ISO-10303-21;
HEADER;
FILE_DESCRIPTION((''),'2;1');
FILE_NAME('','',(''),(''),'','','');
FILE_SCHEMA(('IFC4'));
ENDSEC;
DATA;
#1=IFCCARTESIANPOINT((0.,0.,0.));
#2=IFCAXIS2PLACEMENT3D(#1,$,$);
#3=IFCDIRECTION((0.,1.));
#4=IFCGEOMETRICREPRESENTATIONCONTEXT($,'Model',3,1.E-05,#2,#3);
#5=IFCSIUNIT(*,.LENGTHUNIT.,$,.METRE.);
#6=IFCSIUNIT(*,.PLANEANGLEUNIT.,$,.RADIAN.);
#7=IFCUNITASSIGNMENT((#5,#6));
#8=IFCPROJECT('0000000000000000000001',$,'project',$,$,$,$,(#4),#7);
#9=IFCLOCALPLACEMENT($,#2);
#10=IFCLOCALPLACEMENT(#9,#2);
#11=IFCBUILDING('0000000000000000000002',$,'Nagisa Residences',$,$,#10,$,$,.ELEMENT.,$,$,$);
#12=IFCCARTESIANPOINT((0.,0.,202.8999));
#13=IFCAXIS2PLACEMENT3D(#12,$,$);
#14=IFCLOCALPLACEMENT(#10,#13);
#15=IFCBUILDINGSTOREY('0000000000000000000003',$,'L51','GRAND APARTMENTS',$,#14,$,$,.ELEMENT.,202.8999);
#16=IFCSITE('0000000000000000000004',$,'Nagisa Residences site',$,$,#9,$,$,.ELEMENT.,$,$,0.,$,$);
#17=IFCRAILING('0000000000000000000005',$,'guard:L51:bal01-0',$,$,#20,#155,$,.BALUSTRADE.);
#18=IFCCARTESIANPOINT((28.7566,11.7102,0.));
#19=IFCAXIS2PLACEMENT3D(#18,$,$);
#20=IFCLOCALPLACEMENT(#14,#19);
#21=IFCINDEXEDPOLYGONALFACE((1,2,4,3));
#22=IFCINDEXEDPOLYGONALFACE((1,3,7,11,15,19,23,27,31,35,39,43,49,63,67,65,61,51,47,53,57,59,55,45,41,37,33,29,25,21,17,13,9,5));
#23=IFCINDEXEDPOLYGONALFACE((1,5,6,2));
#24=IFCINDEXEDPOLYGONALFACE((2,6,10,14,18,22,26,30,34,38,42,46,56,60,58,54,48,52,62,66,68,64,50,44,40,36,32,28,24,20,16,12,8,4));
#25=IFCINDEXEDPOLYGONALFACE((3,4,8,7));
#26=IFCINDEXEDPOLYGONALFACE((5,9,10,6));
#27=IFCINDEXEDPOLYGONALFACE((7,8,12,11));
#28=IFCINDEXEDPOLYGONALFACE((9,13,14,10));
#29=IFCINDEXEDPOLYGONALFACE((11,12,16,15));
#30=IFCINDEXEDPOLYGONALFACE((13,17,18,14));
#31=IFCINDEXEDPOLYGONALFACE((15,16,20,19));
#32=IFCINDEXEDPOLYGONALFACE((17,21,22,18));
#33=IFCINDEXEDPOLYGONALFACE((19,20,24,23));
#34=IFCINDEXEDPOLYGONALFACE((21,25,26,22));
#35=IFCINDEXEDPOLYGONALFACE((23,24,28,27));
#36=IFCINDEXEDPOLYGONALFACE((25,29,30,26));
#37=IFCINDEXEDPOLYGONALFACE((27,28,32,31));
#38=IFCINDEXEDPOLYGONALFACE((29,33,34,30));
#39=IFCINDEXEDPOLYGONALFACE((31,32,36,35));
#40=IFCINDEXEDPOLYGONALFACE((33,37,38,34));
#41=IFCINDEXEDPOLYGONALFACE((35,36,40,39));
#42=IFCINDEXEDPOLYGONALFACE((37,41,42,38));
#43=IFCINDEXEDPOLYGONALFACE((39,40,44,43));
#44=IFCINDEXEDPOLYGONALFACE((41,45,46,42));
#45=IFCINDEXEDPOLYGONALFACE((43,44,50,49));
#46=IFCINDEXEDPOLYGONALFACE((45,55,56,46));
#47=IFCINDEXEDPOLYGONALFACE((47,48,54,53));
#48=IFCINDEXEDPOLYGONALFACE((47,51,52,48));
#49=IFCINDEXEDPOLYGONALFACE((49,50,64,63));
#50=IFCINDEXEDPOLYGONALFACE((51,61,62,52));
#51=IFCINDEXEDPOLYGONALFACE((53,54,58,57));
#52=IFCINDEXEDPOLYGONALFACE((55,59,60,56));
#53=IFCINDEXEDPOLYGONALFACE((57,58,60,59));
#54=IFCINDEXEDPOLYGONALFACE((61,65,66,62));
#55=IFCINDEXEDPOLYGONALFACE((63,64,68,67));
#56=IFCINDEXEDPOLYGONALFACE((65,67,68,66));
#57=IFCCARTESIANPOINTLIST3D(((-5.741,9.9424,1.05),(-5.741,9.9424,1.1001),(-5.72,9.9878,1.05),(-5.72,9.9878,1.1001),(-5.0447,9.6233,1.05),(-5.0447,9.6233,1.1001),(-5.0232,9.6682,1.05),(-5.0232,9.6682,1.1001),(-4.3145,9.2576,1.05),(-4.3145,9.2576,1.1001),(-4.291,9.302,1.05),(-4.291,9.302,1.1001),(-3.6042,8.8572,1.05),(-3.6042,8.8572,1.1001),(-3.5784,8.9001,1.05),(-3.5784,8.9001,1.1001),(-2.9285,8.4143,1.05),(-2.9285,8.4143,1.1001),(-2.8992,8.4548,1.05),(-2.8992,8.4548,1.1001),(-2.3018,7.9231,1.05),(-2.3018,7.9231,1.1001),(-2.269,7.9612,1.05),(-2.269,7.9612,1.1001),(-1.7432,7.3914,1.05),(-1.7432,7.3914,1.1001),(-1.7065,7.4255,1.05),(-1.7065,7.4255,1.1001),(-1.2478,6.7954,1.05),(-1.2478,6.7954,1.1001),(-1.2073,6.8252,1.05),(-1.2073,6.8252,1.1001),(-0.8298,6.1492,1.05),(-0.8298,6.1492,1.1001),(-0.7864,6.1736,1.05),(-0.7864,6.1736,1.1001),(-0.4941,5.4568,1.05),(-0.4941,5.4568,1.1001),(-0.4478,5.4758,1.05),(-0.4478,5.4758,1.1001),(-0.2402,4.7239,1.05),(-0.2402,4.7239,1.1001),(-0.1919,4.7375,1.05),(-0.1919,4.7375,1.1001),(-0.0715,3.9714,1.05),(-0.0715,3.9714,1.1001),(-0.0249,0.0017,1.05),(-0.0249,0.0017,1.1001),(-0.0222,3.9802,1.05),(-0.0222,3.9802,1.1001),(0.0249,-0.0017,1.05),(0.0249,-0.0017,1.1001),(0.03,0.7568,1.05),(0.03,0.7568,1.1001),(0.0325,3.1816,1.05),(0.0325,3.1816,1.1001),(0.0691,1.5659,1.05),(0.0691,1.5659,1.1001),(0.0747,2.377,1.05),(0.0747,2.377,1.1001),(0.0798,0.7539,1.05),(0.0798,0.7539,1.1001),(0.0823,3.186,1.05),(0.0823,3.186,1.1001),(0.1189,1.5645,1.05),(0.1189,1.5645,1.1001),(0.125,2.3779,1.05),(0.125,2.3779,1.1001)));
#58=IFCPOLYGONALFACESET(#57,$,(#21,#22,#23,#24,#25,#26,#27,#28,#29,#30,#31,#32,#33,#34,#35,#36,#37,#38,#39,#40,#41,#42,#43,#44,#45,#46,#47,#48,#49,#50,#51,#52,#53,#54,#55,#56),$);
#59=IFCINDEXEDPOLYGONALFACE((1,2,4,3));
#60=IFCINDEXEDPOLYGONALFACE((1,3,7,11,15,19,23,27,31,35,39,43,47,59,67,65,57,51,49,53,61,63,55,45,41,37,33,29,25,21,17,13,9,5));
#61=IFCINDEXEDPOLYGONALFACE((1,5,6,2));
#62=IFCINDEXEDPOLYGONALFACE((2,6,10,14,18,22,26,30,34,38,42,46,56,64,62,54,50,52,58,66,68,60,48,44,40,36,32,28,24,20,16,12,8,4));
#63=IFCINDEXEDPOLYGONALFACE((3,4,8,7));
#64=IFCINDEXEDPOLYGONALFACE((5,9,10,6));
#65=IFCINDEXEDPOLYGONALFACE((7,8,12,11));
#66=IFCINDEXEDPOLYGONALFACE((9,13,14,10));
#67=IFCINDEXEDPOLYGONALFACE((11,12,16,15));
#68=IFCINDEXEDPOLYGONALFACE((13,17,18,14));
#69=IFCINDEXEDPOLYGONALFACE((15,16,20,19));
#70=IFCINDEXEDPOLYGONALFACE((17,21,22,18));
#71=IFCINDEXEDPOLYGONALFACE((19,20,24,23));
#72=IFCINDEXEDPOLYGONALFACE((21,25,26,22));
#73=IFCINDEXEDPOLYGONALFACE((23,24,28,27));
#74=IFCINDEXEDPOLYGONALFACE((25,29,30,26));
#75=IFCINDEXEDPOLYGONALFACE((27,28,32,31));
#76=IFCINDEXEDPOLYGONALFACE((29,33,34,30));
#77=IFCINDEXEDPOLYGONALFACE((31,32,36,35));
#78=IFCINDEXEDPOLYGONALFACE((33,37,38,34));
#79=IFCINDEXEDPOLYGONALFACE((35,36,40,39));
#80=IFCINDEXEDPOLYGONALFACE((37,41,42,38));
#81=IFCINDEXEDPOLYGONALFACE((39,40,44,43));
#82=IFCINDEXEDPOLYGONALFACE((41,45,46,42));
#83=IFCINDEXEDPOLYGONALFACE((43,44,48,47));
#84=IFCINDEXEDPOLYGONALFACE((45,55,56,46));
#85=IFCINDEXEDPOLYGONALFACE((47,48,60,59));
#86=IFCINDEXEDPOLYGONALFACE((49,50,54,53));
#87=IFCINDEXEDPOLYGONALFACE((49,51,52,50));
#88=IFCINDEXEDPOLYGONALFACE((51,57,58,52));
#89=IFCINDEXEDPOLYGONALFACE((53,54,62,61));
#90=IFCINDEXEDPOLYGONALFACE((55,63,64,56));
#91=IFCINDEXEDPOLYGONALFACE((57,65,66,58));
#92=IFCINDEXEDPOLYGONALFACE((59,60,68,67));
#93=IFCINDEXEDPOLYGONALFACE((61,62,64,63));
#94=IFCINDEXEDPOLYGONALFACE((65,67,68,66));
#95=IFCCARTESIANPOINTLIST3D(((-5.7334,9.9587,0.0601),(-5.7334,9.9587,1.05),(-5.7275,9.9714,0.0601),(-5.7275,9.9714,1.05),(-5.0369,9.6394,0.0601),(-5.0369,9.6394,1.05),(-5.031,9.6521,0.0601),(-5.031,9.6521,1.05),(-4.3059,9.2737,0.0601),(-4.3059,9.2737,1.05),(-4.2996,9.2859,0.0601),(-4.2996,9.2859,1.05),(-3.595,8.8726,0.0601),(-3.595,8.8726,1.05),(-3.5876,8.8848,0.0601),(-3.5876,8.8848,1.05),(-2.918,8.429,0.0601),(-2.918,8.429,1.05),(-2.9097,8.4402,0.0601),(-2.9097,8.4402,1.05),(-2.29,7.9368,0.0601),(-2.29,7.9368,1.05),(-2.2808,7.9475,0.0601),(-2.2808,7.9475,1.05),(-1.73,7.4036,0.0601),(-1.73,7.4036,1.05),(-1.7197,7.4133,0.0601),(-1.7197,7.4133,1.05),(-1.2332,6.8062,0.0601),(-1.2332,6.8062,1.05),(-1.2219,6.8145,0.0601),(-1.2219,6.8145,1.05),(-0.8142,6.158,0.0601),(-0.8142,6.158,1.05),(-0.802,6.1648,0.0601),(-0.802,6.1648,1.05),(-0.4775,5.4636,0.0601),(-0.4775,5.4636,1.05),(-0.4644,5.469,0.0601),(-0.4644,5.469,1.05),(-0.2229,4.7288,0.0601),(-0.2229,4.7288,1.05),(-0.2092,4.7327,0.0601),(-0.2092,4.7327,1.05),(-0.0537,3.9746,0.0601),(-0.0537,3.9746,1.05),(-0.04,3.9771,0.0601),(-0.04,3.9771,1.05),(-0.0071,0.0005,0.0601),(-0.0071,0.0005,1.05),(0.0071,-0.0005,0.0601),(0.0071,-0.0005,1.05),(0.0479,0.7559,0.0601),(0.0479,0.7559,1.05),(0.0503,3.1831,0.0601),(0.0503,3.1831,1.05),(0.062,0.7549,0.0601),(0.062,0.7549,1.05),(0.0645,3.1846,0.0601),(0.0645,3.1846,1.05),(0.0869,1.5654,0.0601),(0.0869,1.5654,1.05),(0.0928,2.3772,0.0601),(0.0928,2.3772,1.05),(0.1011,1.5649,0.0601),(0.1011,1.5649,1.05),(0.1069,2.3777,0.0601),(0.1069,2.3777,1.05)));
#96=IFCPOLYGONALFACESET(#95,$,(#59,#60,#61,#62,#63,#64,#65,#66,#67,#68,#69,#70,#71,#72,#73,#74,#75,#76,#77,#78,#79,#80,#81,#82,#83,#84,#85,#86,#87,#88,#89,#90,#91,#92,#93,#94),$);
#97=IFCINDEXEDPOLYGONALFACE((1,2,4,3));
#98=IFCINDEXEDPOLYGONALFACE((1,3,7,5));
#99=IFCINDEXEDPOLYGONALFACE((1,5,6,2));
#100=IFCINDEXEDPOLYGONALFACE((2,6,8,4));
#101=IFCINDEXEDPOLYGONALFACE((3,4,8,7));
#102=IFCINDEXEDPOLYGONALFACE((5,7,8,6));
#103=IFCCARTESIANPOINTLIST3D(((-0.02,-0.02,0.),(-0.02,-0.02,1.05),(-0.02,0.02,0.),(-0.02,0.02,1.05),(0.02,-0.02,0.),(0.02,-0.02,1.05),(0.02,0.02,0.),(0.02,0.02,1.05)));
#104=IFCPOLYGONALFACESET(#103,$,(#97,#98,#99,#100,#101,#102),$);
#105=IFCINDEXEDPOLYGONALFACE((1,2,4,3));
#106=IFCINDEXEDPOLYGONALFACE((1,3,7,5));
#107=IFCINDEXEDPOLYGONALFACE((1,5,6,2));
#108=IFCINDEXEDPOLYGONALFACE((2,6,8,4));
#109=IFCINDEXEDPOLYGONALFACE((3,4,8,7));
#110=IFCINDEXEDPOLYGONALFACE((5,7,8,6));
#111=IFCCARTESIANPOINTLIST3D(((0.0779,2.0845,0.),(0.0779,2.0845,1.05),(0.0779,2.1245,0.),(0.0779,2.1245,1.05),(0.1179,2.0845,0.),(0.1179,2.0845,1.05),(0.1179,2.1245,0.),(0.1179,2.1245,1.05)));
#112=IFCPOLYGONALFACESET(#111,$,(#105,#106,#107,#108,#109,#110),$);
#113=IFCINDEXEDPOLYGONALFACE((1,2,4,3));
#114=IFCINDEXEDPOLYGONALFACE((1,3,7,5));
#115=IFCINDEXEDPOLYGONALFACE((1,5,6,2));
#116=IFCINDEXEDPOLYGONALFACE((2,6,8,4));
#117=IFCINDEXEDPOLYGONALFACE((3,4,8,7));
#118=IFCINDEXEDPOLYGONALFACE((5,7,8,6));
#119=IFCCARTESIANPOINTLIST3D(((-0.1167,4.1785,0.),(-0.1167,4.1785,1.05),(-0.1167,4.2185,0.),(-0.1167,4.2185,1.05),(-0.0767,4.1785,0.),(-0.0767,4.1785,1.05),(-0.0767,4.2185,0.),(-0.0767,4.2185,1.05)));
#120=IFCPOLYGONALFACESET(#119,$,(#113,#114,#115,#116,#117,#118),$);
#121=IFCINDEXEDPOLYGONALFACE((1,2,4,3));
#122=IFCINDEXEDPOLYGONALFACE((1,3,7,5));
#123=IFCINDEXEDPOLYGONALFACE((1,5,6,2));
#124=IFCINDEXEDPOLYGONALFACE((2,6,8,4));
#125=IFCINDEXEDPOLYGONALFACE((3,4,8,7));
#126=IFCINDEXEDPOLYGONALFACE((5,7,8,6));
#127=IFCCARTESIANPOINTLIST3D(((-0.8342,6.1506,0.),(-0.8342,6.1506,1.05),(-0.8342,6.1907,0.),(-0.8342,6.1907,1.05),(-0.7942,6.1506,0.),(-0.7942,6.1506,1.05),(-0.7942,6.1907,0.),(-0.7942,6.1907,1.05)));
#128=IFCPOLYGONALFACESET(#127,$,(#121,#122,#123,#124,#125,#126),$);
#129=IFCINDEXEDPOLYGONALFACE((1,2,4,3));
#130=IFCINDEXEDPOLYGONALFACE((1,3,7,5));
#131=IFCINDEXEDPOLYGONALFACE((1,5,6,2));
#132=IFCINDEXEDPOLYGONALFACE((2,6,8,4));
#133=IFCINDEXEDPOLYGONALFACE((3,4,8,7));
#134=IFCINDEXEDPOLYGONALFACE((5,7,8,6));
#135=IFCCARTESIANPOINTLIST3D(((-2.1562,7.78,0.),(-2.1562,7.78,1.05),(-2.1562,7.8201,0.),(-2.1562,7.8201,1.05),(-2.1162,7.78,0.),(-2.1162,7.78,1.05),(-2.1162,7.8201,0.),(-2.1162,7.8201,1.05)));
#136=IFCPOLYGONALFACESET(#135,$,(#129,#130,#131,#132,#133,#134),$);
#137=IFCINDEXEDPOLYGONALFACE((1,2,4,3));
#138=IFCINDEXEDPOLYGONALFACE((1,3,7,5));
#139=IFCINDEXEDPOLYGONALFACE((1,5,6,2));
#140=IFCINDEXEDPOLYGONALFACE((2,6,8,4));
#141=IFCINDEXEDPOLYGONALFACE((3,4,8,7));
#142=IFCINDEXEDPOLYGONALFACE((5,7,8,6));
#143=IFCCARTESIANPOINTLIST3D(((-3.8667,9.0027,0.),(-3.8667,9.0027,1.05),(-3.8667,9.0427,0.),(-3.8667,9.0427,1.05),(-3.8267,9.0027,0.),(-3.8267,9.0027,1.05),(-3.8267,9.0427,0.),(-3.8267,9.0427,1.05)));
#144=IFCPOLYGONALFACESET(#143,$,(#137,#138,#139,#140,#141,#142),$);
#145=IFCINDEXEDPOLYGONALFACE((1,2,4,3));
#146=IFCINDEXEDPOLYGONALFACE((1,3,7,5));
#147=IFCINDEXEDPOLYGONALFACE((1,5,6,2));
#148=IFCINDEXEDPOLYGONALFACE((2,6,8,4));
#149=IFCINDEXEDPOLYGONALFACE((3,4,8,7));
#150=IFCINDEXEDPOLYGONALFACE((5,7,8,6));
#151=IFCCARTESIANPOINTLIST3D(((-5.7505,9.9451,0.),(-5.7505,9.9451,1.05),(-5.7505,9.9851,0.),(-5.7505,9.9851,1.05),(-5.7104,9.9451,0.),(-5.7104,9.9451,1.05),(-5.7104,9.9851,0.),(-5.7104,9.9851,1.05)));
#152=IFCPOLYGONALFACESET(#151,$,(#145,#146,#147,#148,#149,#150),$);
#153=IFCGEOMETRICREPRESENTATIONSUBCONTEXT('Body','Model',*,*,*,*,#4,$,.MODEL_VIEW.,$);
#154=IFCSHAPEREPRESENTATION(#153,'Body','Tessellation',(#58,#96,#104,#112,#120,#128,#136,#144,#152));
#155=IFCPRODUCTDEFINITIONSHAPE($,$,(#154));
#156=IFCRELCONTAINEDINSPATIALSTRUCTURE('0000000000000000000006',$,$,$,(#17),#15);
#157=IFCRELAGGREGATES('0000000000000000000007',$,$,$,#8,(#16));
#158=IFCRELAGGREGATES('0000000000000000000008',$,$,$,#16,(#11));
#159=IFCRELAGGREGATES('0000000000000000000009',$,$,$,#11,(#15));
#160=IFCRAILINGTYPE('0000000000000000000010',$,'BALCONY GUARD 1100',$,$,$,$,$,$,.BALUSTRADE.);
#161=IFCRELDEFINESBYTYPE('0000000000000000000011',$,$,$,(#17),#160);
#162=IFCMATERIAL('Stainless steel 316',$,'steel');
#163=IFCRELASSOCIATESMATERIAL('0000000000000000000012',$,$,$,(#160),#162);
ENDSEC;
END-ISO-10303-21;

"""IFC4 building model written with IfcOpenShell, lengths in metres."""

from ifc_helpers import new_model, si_unit, direction, frame, origin, origin_2d, place, context, subcontext, project, spatial, polyline, rectangle, outline, extrude, material, type_object, element, save


model = new_model("IFC4")

# Units and contexts
model_context = context("Model", 3, precision=1e-05, world=origin(), true_north=direction((0.0, 1.0)))
body_context = subcontext(model_context, "Body", "Model", "MODEL_VIEW")
ifc_project = project(units=[si_unit("LENGTHUNIT", "METRE"), si_unit("PLANEANGLEUNIT", "RADIAN")], contexts=[model_context])

# Site, building, storey
site_placement = place(None, origin())
site = spatial("IfcSite", under=ifc_project, at=site_placement, Name="Nagisa Residences site", CompositionType="ELEMENT", RefElevation=0.0)
building_placement = place(site_placement, origin())
building = spatial("IfcBuilding", under=site, at=building_placement, Name="Nagisa Residences", CompositionType="ELEMENT")
storey_placement = place(building_placement, frame((0.0, 0.0, 202.8999)))
storey = spatial("IfcBuildingStorey", under=building, at=storey_placement, Name="L51", Description="GRAND APARTMENTS", CompositionType="ELEMENT", Elevation=202.8999)

# Railing
ifc_material_1 = material(Name="Stainless steel 316", Category="steel")
railing_type = type_object("IfcRailingType", Name="BALCONY GUARD 1100", PredefinedType="BALUSTRADE", material=ifc_material_1)
railing_1_placement = place(storey_placement, frame((28.7566, 11.7102, 0.0)))
element("IfcRailing", 1, at=railing_1_placement, inside=storey, type_object=railing_type, Name="guard:L51:bal01-0", PredefinedType="BALUSTRADE", context=body_context, shape_type="SweptSolid", body=[
    extrude(outline(polyline([(0.03, 0.7568), (-0.0249, 0.0017), (0.0249, -0.0017), (0.0798, 0.7539), (0.1189, 1.5645), (0.125, 2.3779), (0.0823, 3.186), (-0.0222, 3.9802), (-0.1919, 4.7375), (-0.4478, 5.4758), (-0.7864, 6.1736), (-1.2073, 6.8252), (-1.7065, 7.4255), (-2.269, 7.9612), (-2.8992, 8.4548), (-3.5784, 8.9001), (-4.291, 9.302), (-5.0232, 9.6682), (-5.72, 9.9878), (-5.741, 9.9424), (-5.0447, 9.6233), (-4.3145, 9.2576), (-3.6042, 8.8572), (-2.9285, 8.4143), (-2.3018, 7.9231), (-1.7432, 7.3914), (-1.2478, 6.7954), (-0.8298, 6.1492), (-0.4941, 5.4568), (-0.2402, 4.7239), (-0.0715, 3.9714), (0.0325, 3.1816), (0.0747, 2.377), (0.0691, 1.5659), (0.03, 0.7568)])), frame((0.0, 0.0, 1.05)), (0.0, 0.0, 1.0), 0.05),
    extrude(outline(polyline([(0.0479, 0.7559), (-0.0071, 0.0005), (0.0071, -0.0005), (0.062, 0.7549), (0.1011, 1.5649), (0.1069, 2.3777), (0.0645, 3.1846), (-0.04, 3.9771), (-0.2092, 4.7327), (-0.4644, 5.469), (-0.802, 6.1648), (-1.2219, 6.8145), (-1.7197, 7.4133), (-2.2808, 7.9475), (-2.9097, 8.4402), (-3.5876, 8.8848), (-4.2996, 9.2859), (-5.031, 9.6521), (-5.7275, 9.9714), (-5.7334, 9.9587), (-5.0369, 9.6394), (-4.3059, 9.2737), (-3.595, 8.8726), (-2.918, 8.429), (-2.29, 7.9368), (-1.73, 7.4036), (-1.2332, 6.8062), (-0.8142, 6.158), (-0.4775, 5.4636), (-0.2229, 4.7288), (-0.0537, 3.9746), (0.0503, 3.1831), (0.0928, 2.3772), (0.0869, 1.5654), (0.0479, 0.7559)])), frame((0.0, 0.0, 0.0601)), (0.0, 0.0, 1.0), 0.99),
    extrude(rectangle(XDim=0.04, YDim=0.04, at=origin_2d()), origin(), (0.0, 0.0, 1.0), 1.05),
    extrude(rectangle(XDim=0.04, YDim=0.04, at=origin_2d()), frame((0.0979, 2.1045, 0.0)), (0.0, 0.0, 1.0), 1.05),
    extrude(rectangle(XDim=0.04, YDim=0.04, at=origin_2d()), frame((-0.0967, 4.1985, 0.0)), (0.0, 0.0, 1.0), 1.05),
    extrude(rectangle(XDim=0.04, YDim=0.04, at=origin_2d()), frame((-0.8142, 6.1707, 0.0)), (0.0, 0.0, 1.0), 1.05),
    extrude(rectangle(XDim=0.04, YDim=0.04, at=origin_2d()), frame((-2.1362, 7.8, 0.0)), (0.0, 0.0, 1.0), 1.05),
    extrude(rectangle(XDim=0.04, YDim=0.04, at=origin_2d()), frame((-3.8467, 9.0227, 0.0)), (0.0, 0.0, 1.0), 1.05),
    extrude(rectangle(XDim=0.04, YDim=0.04, at=origin_2d()), frame((-5.7305, 9.9651, 0.0)), (0.0, 0.0, 1.0), 1.05),
])

save(model, "model.ifc")
